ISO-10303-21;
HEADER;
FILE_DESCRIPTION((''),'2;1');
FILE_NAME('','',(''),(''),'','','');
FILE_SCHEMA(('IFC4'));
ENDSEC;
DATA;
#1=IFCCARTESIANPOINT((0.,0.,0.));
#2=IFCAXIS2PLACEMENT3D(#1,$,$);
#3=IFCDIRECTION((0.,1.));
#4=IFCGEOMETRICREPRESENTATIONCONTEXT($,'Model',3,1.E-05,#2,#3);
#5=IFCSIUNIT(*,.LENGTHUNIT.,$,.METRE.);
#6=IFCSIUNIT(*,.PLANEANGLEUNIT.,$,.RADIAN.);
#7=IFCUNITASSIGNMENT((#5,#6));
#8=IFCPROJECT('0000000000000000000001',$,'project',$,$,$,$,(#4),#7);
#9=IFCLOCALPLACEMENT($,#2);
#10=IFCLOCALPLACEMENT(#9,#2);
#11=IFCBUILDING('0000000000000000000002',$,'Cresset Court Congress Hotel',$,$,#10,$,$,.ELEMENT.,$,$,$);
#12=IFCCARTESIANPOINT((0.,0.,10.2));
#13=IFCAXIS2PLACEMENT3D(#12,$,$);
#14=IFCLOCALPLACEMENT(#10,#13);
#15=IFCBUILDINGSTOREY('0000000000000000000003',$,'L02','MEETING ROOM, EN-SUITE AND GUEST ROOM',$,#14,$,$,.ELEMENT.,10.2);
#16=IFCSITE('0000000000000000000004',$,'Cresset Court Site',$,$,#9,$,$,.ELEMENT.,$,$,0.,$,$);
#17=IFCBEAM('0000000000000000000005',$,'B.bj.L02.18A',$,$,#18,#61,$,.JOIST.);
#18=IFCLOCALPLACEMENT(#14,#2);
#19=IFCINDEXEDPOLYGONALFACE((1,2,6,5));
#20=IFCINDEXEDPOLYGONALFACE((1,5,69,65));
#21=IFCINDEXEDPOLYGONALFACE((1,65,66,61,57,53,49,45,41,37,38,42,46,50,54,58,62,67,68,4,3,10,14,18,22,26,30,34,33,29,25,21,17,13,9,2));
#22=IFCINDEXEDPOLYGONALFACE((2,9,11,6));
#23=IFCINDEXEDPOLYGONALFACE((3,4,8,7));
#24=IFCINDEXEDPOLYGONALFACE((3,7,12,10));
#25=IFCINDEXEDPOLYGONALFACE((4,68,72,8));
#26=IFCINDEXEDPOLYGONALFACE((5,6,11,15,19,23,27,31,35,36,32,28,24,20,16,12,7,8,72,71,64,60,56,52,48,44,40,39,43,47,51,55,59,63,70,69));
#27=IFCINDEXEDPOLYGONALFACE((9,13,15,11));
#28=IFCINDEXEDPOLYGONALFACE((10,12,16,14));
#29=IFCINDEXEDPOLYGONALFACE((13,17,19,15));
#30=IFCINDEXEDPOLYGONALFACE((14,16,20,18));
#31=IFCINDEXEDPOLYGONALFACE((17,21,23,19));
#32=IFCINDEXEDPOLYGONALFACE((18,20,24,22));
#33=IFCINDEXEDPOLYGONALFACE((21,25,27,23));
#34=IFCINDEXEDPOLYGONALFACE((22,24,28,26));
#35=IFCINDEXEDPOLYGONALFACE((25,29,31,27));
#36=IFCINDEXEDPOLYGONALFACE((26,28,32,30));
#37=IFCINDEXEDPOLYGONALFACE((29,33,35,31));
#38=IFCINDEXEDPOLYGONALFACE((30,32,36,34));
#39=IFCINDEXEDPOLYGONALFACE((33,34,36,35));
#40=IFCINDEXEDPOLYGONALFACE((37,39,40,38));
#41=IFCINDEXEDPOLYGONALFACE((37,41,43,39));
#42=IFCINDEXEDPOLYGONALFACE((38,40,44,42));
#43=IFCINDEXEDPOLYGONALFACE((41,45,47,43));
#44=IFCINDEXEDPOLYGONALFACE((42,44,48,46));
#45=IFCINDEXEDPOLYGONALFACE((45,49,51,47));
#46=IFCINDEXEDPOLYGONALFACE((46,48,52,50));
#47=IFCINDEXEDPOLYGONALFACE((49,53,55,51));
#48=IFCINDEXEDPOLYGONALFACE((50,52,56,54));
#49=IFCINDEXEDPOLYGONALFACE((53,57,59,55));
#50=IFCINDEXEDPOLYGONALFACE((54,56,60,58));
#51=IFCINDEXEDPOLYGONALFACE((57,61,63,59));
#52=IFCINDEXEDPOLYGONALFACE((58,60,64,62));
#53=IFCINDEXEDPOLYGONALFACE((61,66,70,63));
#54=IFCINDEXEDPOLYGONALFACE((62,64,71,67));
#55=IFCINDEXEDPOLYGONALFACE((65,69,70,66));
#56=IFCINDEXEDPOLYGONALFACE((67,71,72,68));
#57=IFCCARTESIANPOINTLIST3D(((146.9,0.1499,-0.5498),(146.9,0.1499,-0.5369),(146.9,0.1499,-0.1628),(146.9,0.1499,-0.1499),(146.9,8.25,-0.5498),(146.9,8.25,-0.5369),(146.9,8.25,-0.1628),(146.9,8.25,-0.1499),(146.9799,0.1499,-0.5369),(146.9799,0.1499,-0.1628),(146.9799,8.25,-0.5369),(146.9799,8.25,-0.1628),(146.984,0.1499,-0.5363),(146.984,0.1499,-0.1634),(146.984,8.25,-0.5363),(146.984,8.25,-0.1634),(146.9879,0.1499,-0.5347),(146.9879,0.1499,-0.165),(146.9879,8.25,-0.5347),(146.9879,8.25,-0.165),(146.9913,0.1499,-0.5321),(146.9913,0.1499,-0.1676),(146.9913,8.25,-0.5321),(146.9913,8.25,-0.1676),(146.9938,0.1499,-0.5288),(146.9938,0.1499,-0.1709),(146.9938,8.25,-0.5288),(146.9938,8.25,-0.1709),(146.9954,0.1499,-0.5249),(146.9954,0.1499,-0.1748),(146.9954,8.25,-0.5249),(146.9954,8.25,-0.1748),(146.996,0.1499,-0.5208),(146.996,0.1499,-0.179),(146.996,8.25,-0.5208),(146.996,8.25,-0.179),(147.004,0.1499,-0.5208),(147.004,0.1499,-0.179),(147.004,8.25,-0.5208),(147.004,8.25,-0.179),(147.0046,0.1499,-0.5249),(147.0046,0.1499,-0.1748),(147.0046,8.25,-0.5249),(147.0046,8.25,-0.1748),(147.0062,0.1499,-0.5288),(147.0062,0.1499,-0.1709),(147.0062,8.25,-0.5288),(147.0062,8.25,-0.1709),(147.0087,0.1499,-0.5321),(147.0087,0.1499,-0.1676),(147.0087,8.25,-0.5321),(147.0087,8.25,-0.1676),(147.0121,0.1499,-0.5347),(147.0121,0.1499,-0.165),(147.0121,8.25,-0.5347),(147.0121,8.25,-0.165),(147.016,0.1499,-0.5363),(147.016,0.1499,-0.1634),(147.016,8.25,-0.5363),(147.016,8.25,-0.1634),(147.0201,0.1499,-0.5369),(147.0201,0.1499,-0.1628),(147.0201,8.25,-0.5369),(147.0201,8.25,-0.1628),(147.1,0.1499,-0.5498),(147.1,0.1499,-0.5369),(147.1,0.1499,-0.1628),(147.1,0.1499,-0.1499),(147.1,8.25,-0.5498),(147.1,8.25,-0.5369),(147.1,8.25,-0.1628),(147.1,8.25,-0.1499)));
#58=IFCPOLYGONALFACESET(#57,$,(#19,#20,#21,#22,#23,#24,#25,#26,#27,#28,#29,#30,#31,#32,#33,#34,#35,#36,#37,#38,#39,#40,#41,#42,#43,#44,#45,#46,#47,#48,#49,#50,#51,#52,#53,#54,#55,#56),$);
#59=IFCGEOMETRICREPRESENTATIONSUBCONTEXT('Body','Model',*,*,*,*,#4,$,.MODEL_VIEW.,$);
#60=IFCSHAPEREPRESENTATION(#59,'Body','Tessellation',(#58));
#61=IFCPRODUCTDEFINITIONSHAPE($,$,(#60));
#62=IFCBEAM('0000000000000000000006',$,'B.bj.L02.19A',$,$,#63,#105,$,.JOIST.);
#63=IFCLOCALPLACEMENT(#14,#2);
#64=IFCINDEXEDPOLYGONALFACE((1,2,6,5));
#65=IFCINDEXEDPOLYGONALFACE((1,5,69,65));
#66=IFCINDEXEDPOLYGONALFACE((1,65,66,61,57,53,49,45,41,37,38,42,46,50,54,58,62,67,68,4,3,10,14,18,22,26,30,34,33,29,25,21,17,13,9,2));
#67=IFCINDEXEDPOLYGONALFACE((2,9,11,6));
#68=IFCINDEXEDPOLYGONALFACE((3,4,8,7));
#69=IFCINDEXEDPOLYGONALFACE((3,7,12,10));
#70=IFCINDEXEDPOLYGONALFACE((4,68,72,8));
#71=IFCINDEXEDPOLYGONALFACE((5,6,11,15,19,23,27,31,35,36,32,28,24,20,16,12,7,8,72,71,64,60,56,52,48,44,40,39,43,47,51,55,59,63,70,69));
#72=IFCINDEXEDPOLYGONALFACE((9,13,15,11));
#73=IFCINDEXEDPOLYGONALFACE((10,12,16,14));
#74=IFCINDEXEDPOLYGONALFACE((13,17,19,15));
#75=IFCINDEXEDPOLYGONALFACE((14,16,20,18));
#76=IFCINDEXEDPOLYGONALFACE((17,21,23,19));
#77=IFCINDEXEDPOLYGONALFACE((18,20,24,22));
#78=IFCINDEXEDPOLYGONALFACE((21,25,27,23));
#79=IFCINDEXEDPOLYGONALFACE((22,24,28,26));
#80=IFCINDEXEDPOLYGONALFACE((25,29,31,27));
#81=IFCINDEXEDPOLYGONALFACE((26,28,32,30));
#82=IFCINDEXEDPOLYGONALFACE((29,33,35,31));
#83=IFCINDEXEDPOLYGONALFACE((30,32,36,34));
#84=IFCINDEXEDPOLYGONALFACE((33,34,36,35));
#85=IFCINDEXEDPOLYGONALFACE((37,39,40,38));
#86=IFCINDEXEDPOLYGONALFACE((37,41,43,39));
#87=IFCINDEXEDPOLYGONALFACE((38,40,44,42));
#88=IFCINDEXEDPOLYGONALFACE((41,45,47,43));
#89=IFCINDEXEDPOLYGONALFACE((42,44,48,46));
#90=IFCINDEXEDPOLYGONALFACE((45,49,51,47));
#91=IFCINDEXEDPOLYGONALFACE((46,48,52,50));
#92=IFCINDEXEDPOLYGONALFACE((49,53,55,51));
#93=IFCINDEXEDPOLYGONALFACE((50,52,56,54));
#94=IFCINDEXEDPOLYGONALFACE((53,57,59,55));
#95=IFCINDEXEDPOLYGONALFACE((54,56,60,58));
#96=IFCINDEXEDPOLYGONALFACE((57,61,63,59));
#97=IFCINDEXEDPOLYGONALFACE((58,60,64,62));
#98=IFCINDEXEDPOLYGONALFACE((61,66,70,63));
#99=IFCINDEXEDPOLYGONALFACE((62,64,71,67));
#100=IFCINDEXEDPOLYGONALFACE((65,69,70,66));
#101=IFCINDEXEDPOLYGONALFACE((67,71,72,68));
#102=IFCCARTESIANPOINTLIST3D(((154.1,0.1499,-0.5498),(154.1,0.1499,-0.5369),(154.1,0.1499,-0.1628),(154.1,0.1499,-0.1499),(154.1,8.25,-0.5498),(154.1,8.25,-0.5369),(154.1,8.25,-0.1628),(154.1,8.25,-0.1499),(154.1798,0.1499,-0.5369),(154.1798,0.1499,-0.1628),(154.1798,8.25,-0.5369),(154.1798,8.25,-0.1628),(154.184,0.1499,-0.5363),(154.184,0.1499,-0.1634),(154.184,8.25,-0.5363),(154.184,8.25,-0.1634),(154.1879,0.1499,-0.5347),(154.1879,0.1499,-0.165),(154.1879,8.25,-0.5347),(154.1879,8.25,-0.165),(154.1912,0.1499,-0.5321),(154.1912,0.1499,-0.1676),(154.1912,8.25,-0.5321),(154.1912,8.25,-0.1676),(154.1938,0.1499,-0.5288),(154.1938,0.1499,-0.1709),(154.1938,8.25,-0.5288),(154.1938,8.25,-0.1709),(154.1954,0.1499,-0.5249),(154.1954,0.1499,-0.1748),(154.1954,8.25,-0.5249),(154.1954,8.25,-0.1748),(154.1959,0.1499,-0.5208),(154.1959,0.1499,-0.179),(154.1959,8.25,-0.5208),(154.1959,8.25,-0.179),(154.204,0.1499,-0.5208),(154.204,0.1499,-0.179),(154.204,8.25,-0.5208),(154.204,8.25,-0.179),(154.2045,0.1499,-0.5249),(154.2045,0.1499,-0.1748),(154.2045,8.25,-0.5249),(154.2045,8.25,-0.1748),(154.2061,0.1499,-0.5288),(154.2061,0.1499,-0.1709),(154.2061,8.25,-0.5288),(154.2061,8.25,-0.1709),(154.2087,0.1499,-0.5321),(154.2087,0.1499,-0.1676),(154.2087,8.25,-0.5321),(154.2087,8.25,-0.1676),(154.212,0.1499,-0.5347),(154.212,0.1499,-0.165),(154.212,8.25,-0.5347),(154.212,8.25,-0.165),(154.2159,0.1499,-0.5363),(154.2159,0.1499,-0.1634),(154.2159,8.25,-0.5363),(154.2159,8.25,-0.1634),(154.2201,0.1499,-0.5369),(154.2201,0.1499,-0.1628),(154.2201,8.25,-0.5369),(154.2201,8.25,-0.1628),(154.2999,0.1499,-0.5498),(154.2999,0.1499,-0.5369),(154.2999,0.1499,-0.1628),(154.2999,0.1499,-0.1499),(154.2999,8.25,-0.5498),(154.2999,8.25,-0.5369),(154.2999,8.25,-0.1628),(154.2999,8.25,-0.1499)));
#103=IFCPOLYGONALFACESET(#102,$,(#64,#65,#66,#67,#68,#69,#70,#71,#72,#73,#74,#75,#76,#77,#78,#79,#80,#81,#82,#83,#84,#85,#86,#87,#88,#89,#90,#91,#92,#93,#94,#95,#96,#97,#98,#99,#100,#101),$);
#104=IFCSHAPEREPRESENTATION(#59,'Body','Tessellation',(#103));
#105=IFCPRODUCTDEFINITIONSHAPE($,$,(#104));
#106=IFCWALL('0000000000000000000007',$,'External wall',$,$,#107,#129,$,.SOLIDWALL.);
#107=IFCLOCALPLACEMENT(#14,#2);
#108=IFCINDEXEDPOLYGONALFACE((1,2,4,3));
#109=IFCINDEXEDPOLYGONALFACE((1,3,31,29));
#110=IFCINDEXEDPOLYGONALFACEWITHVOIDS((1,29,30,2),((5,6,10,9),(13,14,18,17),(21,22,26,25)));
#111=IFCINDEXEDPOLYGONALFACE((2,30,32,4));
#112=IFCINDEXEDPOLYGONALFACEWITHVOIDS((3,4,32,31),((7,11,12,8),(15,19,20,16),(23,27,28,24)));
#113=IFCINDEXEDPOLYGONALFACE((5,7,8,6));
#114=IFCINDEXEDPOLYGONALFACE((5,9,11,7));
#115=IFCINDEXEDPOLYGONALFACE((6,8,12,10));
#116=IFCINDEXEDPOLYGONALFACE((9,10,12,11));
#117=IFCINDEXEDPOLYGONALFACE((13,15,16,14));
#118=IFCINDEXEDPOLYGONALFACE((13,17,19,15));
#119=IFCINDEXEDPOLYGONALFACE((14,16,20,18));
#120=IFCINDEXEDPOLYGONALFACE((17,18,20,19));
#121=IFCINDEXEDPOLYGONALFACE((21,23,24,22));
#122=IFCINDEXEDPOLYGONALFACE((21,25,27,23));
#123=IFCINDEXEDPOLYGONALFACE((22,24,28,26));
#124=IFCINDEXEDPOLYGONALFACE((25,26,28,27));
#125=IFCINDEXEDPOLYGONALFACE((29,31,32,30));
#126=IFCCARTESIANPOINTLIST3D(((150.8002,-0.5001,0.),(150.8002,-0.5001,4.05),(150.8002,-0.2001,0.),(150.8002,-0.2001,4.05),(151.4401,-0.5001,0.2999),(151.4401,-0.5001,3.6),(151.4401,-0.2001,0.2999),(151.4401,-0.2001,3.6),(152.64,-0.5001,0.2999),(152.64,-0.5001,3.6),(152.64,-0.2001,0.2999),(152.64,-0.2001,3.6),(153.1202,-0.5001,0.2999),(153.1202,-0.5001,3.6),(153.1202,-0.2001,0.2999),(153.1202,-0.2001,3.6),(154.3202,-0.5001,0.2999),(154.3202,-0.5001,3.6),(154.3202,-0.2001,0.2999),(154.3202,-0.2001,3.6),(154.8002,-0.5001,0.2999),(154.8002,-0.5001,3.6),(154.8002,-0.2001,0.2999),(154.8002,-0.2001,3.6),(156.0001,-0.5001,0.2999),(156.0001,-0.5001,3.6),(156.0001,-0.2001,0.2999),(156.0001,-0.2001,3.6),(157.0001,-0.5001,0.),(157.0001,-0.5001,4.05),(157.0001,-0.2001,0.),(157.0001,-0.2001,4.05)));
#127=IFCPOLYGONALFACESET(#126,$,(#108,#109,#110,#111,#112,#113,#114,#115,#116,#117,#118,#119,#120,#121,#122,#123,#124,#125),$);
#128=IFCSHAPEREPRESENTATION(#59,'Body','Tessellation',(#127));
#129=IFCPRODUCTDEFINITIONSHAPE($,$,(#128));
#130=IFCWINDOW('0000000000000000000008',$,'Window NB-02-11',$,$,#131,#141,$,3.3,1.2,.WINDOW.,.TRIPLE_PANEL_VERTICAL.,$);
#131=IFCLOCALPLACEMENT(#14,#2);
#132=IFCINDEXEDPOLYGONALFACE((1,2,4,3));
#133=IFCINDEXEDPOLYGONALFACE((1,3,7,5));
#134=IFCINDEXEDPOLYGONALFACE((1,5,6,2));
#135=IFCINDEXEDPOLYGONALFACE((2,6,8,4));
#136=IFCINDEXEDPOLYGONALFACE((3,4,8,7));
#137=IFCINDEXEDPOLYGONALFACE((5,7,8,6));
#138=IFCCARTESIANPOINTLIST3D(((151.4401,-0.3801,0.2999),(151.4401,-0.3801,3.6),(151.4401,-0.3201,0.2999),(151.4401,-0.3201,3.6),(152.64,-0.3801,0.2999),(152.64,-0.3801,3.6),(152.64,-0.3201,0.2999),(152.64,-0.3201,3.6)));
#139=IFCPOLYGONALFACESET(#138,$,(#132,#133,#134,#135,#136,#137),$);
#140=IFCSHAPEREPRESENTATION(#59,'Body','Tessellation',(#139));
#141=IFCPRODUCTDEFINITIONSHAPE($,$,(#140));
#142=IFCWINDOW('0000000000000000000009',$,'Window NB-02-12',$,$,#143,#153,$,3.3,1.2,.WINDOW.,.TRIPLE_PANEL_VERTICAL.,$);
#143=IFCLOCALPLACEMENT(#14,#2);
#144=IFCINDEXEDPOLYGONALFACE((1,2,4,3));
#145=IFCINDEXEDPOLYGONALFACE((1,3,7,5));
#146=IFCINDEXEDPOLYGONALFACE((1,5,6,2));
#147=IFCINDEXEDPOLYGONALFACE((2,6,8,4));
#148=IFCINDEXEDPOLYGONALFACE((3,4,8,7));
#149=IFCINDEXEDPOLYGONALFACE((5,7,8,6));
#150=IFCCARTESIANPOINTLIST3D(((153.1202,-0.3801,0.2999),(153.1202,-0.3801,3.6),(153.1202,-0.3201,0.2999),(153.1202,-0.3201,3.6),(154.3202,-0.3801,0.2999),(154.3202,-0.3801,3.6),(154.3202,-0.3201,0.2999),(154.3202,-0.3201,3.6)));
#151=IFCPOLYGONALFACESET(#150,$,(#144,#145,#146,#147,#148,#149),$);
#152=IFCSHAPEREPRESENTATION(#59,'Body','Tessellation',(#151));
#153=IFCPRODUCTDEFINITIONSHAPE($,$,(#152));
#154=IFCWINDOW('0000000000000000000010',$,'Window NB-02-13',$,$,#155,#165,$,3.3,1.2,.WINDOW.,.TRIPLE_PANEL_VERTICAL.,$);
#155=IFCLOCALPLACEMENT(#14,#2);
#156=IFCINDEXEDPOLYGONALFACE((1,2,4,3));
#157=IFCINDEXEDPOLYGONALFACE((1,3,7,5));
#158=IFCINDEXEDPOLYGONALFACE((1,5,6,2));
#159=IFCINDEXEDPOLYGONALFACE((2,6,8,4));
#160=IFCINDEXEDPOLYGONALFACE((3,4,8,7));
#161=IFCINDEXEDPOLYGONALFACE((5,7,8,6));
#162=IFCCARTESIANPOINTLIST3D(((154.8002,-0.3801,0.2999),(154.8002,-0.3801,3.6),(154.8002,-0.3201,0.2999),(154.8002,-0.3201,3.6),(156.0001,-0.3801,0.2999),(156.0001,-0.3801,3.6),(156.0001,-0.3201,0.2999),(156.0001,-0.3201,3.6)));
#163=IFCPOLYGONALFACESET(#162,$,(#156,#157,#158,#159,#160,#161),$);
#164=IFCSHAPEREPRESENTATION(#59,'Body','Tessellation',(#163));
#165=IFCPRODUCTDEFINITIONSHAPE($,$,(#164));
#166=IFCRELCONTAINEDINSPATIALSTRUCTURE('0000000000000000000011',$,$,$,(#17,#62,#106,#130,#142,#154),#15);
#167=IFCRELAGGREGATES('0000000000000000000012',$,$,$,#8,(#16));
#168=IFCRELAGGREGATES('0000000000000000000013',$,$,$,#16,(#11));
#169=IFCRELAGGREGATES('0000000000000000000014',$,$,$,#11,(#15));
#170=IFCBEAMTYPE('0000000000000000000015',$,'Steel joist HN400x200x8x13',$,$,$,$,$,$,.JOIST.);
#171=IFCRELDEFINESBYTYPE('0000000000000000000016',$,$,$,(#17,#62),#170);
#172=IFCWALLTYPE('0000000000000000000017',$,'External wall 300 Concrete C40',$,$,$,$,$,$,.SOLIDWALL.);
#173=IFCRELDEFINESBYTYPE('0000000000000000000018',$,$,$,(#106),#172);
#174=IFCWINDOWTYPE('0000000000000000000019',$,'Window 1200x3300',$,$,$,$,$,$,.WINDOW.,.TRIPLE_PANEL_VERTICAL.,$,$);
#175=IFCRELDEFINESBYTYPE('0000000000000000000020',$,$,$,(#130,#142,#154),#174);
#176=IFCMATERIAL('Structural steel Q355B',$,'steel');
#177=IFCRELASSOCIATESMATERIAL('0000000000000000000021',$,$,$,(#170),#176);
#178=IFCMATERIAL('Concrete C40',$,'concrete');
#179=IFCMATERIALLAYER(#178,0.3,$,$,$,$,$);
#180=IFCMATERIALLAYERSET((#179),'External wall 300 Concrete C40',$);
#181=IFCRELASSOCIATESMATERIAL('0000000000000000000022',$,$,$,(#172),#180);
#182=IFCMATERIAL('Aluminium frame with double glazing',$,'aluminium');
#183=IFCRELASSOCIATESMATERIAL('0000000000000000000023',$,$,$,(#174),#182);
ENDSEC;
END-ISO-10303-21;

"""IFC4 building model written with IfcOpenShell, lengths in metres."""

from ifc_helpers import new_model, si_unit, direction, frame, frame_2d, origin, origin_2d, place, context, subcontext, project, spatial, rectangle, i_section, extrude, material, layer, layer_set, material_profile, profile_set, type_object, element, fill, save


model = new_model("IFC4")

# Units and contexts
model_context = context("Model", 3, precision=1e-05, world=origin(), true_north=direction((0.0, 1.0)))
body_context = subcontext(model_context, "Body", "Model", "MODEL_VIEW")
ifc_project = project(units=[si_unit("LENGTHUNIT", "METRE"), si_unit("PLANEANGLEUNIT", "RADIAN")], contexts=[model_context])

# Site, building, storey
site_placement = place(None, origin())
site = spatial("IfcSite", under=ifc_project, at=site_placement, Name="Cresset Court Site", CompositionType="ELEMENT", RefElevation=0.0)
building_placement = place(site_placement, origin())
building = spatial("IfcBuilding", under=site, at=building_placement, Name="Cresset Court Congress Hotel", CompositionType="ELEMENT")
storey_placement = place(building_placement, frame((0.0, 0.0, 10.2)))
storey = spatial("IfcBuildingStorey", under=building, at=storey_placement, Name="L02", Description="MEETING ROOM, EN-SUITE AND GUEST ROOM", CompositionType="ELEMENT", Elevation=10.2)

# Beams
ifc_material_1 = material(Name="Structural steel Q355B", Category="steel")
ifc_material_profile_1 = material_profile(ifc_material_1, i_section(OverallWidth=0.2, OverallDepth=0.3999, WebThickness=0.0081, FlangeThickness=0.0129, FilletRadius=0.0161, at=origin_2d()), Name="HN400x200x8x13")
ifc_profile_set_1 = profile_set([ifc_material_profile_1], Name="Structural steel Q355B")
beam_type_1 = type_object("IfcBeamType", Name="Steel joist HN400x200x8x13", PredefinedType="JOIST", material=ifc_profile_set_1)
for number, where, z_axis, x_axis, name in (
    (1, (147.0, 0.1499, -0.3499), (0.0, 1.0, 0.0), (-1.0, 0.0, 0.0), "B.bj.L02.18A"),
    (2, (154.2, 0.1499, -0.3499), (0.0, 1.0, 0.0), (-1.0, 0.0, 0.0), "B.bj.L02.19A"),
):
    element("IfcBeam", number, at=place(storey_placement, frame(where, z_axis=z_axis, x_axis=x_axis)), inside=storey, type_object=beam_type_1, Name=name, PredefinedType="JOIST", context=body_context, shape_type="SweptSolid", body=[
        extrude(i_section(OverallWidth=0.2, OverallDepth=0.3999, WebThickness=0.0081, FlangeThickness=0.0129, FilletRadius=0.0161, at=origin_2d()), origin(), (0.0, 0.0, 1.0), 8.1001),
    ])

# Wall, openings, windows
ifc_material_2 = material(Name="Concrete C40", Category="concrete")
ifc_layer_1 = layer(ifc_material_2, 0.3)
ifc_layer_set_1 = layer_set([ifc_layer_1], Name="External wall 300 Concrete C40")
wall_type_1 = type_object("IfcWallType", Name="External wall 300 Concrete C40", PredefinedType="SOLIDWALL", material=ifc_layer_set_1)
wall_1_placement = place(storey_placement, frame((150.8, -0.3501, 0.0), z_axis=(0.0, 0.0, 1.0), x_axis=(1.0, 0.0, 0.0)))
wall_1 = element("IfcWall", 3, at=wall_1_placement, inside=storey, type_object=wall_type_1, Name="External wall", PredefinedType="SOLIDWALL", context=body_context, shape_type="SweptSolid", body=[
    extrude(rectangle(XDim=6.2, YDim=0.3, at=frame_2d((3.1001, 0.0))), origin(), (0.0, 0.0, 1.0), 4.05),
])
opening_1_placement = place(wall_1_placement, frame((0.6399, 0.0, 0.3)))
opening_1 = element("IfcOpeningElement", 4, at=opening_1_placement, cuts=wall_1, PredefinedType="OPENING", context=body_context, shape_type="SweptSolid", body=[
    extrude(rectangle(XDim=1.2, YDim=3.3, at=frame_2d((0.6001, 1.6499))), frame((0.0, 0.1599, 0.0), z_axis=(0.0, -1.0, 0.0), x_axis=(1.0, 0.0, 0.0)), (0.0, 0.0, 1.0), 0.3201),
])
opening_2_placement = place(wall_1_placement, frame((2.3201, 0.0, 0.3)))
opening_2 = element("IfcOpeningElement", 5, at=opening_2_placement, cuts=wall_1, PredefinedType="OPENING", context=body_context, shape_type="SweptSolid", body=[
    extrude(rectangle(XDim=1.2, YDim=3.3, at=frame_2d((0.6001, 1.6499))), frame((0.0, 0.1599, 0.0), z_axis=(0.0, -1.0, 0.0), x_axis=(1.0, 0.0, 0.0)), (0.0, 0.0, 1.0), 0.3201),
])
opening_3_placement = place(wall_1_placement, frame((4.0, 0.0, 0.3)))
opening_3 = element("IfcOpeningElement", 6, at=opening_3_placement, cuts=wall_1, PredefinedType="OPENING", context=body_context, shape_type="SweptSolid", body=[
    extrude(rectangle(XDim=1.2, YDim=3.3, at=frame_2d((0.6001, 1.6499))), frame((0.0, 0.1599, 0.0), z_axis=(0.0, -1.0, 0.0), x_axis=(1.0, 0.0, 0.0)), (0.0, 0.0, 1.0), 0.3201),
])
ifc_material_3 = material(Name="Aluminium frame with double glazing", Category="aluminium")
window_type_1 = type_object("IfcWindowType", Name="Window 1200x3300", PartitioningType="TRIPLE_PANEL_VERTICAL", PredefinedType="WINDOW", material=ifc_material_3)
window_1_placement = place(opening_1_placement, origin())
window_1 = element("IfcWindow", 7, at=window_1_placement, inside=storey, type_object=window_type_1, Name="Window NB-02-11", OverallHeight=3.3, OverallWidth=1.2, PartitioningType="TRIPLE_PANEL_VERTICAL", PredefinedType="WINDOW", context=body_context, shape_type="SweptSolid", body=[
    extrude(rectangle(XDim=1.2, YDim=3.3, at=frame_2d((0.6001, 1.6499))), frame((0.0, 0.03, 0.0), z_axis=(0.0, -1.0, 0.0), x_axis=(1.0, 0.0, 0.0)), (0.0, 0.0, 1.0), 0.0601),
])
fill(opening_1, window_1)
window_2_placement = place(opening_2_placement, origin())
window_2 = element("IfcWindow", 8, at=window_2_placement, inside=storey, type_object=window_type_1, Name="Window NB-02-12", OverallHeight=3.3, OverallWidth=1.2, PartitioningType="TRIPLE_PANEL_VERTICAL", PredefinedType="WINDOW", context=body_context, shape_type="SweptSolid", body=[
    extrude(rectangle(XDim=1.2, YDim=3.3, at=frame_2d((0.6001, 1.6499))), frame((0.0, 0.03, 0.0), z_axis=(0.0, -1.0, 0.0), x_axis=(1.0, 0.0, 0.0)), (0.0, 0.0, 1.0), 0.0601),
])
fill(opening_2, window_2)
window_3_placement = place(opening_3_placement, origin())
window_3 = element("IfcWindow", 9, at=window_3_placement, inside=storey, type_object=window_type_1, Name="Window NB-02-13", OverallHeight=3.3, OverallWidth=1.2, PartitioningType="TRIPLE_PANEL_VERTICAL", PredefinedType="WINDOW", context=body_context, shape_type="SweptSolid", body=[
    extrude(rectangle(XDim=1.2, YDim=3.3, at=frame_2d((0.6001, 1.6499))), frame((0.0, 0.03, 0.0), z_axis=(0.0, -1.0, 0.0), x_axis=(1.0, 0.0, 0.0)), (0.0, 0.0, 1.0), 0.0601),
])
fill(opening_3, window_3)

save(model, "model.ifc")
